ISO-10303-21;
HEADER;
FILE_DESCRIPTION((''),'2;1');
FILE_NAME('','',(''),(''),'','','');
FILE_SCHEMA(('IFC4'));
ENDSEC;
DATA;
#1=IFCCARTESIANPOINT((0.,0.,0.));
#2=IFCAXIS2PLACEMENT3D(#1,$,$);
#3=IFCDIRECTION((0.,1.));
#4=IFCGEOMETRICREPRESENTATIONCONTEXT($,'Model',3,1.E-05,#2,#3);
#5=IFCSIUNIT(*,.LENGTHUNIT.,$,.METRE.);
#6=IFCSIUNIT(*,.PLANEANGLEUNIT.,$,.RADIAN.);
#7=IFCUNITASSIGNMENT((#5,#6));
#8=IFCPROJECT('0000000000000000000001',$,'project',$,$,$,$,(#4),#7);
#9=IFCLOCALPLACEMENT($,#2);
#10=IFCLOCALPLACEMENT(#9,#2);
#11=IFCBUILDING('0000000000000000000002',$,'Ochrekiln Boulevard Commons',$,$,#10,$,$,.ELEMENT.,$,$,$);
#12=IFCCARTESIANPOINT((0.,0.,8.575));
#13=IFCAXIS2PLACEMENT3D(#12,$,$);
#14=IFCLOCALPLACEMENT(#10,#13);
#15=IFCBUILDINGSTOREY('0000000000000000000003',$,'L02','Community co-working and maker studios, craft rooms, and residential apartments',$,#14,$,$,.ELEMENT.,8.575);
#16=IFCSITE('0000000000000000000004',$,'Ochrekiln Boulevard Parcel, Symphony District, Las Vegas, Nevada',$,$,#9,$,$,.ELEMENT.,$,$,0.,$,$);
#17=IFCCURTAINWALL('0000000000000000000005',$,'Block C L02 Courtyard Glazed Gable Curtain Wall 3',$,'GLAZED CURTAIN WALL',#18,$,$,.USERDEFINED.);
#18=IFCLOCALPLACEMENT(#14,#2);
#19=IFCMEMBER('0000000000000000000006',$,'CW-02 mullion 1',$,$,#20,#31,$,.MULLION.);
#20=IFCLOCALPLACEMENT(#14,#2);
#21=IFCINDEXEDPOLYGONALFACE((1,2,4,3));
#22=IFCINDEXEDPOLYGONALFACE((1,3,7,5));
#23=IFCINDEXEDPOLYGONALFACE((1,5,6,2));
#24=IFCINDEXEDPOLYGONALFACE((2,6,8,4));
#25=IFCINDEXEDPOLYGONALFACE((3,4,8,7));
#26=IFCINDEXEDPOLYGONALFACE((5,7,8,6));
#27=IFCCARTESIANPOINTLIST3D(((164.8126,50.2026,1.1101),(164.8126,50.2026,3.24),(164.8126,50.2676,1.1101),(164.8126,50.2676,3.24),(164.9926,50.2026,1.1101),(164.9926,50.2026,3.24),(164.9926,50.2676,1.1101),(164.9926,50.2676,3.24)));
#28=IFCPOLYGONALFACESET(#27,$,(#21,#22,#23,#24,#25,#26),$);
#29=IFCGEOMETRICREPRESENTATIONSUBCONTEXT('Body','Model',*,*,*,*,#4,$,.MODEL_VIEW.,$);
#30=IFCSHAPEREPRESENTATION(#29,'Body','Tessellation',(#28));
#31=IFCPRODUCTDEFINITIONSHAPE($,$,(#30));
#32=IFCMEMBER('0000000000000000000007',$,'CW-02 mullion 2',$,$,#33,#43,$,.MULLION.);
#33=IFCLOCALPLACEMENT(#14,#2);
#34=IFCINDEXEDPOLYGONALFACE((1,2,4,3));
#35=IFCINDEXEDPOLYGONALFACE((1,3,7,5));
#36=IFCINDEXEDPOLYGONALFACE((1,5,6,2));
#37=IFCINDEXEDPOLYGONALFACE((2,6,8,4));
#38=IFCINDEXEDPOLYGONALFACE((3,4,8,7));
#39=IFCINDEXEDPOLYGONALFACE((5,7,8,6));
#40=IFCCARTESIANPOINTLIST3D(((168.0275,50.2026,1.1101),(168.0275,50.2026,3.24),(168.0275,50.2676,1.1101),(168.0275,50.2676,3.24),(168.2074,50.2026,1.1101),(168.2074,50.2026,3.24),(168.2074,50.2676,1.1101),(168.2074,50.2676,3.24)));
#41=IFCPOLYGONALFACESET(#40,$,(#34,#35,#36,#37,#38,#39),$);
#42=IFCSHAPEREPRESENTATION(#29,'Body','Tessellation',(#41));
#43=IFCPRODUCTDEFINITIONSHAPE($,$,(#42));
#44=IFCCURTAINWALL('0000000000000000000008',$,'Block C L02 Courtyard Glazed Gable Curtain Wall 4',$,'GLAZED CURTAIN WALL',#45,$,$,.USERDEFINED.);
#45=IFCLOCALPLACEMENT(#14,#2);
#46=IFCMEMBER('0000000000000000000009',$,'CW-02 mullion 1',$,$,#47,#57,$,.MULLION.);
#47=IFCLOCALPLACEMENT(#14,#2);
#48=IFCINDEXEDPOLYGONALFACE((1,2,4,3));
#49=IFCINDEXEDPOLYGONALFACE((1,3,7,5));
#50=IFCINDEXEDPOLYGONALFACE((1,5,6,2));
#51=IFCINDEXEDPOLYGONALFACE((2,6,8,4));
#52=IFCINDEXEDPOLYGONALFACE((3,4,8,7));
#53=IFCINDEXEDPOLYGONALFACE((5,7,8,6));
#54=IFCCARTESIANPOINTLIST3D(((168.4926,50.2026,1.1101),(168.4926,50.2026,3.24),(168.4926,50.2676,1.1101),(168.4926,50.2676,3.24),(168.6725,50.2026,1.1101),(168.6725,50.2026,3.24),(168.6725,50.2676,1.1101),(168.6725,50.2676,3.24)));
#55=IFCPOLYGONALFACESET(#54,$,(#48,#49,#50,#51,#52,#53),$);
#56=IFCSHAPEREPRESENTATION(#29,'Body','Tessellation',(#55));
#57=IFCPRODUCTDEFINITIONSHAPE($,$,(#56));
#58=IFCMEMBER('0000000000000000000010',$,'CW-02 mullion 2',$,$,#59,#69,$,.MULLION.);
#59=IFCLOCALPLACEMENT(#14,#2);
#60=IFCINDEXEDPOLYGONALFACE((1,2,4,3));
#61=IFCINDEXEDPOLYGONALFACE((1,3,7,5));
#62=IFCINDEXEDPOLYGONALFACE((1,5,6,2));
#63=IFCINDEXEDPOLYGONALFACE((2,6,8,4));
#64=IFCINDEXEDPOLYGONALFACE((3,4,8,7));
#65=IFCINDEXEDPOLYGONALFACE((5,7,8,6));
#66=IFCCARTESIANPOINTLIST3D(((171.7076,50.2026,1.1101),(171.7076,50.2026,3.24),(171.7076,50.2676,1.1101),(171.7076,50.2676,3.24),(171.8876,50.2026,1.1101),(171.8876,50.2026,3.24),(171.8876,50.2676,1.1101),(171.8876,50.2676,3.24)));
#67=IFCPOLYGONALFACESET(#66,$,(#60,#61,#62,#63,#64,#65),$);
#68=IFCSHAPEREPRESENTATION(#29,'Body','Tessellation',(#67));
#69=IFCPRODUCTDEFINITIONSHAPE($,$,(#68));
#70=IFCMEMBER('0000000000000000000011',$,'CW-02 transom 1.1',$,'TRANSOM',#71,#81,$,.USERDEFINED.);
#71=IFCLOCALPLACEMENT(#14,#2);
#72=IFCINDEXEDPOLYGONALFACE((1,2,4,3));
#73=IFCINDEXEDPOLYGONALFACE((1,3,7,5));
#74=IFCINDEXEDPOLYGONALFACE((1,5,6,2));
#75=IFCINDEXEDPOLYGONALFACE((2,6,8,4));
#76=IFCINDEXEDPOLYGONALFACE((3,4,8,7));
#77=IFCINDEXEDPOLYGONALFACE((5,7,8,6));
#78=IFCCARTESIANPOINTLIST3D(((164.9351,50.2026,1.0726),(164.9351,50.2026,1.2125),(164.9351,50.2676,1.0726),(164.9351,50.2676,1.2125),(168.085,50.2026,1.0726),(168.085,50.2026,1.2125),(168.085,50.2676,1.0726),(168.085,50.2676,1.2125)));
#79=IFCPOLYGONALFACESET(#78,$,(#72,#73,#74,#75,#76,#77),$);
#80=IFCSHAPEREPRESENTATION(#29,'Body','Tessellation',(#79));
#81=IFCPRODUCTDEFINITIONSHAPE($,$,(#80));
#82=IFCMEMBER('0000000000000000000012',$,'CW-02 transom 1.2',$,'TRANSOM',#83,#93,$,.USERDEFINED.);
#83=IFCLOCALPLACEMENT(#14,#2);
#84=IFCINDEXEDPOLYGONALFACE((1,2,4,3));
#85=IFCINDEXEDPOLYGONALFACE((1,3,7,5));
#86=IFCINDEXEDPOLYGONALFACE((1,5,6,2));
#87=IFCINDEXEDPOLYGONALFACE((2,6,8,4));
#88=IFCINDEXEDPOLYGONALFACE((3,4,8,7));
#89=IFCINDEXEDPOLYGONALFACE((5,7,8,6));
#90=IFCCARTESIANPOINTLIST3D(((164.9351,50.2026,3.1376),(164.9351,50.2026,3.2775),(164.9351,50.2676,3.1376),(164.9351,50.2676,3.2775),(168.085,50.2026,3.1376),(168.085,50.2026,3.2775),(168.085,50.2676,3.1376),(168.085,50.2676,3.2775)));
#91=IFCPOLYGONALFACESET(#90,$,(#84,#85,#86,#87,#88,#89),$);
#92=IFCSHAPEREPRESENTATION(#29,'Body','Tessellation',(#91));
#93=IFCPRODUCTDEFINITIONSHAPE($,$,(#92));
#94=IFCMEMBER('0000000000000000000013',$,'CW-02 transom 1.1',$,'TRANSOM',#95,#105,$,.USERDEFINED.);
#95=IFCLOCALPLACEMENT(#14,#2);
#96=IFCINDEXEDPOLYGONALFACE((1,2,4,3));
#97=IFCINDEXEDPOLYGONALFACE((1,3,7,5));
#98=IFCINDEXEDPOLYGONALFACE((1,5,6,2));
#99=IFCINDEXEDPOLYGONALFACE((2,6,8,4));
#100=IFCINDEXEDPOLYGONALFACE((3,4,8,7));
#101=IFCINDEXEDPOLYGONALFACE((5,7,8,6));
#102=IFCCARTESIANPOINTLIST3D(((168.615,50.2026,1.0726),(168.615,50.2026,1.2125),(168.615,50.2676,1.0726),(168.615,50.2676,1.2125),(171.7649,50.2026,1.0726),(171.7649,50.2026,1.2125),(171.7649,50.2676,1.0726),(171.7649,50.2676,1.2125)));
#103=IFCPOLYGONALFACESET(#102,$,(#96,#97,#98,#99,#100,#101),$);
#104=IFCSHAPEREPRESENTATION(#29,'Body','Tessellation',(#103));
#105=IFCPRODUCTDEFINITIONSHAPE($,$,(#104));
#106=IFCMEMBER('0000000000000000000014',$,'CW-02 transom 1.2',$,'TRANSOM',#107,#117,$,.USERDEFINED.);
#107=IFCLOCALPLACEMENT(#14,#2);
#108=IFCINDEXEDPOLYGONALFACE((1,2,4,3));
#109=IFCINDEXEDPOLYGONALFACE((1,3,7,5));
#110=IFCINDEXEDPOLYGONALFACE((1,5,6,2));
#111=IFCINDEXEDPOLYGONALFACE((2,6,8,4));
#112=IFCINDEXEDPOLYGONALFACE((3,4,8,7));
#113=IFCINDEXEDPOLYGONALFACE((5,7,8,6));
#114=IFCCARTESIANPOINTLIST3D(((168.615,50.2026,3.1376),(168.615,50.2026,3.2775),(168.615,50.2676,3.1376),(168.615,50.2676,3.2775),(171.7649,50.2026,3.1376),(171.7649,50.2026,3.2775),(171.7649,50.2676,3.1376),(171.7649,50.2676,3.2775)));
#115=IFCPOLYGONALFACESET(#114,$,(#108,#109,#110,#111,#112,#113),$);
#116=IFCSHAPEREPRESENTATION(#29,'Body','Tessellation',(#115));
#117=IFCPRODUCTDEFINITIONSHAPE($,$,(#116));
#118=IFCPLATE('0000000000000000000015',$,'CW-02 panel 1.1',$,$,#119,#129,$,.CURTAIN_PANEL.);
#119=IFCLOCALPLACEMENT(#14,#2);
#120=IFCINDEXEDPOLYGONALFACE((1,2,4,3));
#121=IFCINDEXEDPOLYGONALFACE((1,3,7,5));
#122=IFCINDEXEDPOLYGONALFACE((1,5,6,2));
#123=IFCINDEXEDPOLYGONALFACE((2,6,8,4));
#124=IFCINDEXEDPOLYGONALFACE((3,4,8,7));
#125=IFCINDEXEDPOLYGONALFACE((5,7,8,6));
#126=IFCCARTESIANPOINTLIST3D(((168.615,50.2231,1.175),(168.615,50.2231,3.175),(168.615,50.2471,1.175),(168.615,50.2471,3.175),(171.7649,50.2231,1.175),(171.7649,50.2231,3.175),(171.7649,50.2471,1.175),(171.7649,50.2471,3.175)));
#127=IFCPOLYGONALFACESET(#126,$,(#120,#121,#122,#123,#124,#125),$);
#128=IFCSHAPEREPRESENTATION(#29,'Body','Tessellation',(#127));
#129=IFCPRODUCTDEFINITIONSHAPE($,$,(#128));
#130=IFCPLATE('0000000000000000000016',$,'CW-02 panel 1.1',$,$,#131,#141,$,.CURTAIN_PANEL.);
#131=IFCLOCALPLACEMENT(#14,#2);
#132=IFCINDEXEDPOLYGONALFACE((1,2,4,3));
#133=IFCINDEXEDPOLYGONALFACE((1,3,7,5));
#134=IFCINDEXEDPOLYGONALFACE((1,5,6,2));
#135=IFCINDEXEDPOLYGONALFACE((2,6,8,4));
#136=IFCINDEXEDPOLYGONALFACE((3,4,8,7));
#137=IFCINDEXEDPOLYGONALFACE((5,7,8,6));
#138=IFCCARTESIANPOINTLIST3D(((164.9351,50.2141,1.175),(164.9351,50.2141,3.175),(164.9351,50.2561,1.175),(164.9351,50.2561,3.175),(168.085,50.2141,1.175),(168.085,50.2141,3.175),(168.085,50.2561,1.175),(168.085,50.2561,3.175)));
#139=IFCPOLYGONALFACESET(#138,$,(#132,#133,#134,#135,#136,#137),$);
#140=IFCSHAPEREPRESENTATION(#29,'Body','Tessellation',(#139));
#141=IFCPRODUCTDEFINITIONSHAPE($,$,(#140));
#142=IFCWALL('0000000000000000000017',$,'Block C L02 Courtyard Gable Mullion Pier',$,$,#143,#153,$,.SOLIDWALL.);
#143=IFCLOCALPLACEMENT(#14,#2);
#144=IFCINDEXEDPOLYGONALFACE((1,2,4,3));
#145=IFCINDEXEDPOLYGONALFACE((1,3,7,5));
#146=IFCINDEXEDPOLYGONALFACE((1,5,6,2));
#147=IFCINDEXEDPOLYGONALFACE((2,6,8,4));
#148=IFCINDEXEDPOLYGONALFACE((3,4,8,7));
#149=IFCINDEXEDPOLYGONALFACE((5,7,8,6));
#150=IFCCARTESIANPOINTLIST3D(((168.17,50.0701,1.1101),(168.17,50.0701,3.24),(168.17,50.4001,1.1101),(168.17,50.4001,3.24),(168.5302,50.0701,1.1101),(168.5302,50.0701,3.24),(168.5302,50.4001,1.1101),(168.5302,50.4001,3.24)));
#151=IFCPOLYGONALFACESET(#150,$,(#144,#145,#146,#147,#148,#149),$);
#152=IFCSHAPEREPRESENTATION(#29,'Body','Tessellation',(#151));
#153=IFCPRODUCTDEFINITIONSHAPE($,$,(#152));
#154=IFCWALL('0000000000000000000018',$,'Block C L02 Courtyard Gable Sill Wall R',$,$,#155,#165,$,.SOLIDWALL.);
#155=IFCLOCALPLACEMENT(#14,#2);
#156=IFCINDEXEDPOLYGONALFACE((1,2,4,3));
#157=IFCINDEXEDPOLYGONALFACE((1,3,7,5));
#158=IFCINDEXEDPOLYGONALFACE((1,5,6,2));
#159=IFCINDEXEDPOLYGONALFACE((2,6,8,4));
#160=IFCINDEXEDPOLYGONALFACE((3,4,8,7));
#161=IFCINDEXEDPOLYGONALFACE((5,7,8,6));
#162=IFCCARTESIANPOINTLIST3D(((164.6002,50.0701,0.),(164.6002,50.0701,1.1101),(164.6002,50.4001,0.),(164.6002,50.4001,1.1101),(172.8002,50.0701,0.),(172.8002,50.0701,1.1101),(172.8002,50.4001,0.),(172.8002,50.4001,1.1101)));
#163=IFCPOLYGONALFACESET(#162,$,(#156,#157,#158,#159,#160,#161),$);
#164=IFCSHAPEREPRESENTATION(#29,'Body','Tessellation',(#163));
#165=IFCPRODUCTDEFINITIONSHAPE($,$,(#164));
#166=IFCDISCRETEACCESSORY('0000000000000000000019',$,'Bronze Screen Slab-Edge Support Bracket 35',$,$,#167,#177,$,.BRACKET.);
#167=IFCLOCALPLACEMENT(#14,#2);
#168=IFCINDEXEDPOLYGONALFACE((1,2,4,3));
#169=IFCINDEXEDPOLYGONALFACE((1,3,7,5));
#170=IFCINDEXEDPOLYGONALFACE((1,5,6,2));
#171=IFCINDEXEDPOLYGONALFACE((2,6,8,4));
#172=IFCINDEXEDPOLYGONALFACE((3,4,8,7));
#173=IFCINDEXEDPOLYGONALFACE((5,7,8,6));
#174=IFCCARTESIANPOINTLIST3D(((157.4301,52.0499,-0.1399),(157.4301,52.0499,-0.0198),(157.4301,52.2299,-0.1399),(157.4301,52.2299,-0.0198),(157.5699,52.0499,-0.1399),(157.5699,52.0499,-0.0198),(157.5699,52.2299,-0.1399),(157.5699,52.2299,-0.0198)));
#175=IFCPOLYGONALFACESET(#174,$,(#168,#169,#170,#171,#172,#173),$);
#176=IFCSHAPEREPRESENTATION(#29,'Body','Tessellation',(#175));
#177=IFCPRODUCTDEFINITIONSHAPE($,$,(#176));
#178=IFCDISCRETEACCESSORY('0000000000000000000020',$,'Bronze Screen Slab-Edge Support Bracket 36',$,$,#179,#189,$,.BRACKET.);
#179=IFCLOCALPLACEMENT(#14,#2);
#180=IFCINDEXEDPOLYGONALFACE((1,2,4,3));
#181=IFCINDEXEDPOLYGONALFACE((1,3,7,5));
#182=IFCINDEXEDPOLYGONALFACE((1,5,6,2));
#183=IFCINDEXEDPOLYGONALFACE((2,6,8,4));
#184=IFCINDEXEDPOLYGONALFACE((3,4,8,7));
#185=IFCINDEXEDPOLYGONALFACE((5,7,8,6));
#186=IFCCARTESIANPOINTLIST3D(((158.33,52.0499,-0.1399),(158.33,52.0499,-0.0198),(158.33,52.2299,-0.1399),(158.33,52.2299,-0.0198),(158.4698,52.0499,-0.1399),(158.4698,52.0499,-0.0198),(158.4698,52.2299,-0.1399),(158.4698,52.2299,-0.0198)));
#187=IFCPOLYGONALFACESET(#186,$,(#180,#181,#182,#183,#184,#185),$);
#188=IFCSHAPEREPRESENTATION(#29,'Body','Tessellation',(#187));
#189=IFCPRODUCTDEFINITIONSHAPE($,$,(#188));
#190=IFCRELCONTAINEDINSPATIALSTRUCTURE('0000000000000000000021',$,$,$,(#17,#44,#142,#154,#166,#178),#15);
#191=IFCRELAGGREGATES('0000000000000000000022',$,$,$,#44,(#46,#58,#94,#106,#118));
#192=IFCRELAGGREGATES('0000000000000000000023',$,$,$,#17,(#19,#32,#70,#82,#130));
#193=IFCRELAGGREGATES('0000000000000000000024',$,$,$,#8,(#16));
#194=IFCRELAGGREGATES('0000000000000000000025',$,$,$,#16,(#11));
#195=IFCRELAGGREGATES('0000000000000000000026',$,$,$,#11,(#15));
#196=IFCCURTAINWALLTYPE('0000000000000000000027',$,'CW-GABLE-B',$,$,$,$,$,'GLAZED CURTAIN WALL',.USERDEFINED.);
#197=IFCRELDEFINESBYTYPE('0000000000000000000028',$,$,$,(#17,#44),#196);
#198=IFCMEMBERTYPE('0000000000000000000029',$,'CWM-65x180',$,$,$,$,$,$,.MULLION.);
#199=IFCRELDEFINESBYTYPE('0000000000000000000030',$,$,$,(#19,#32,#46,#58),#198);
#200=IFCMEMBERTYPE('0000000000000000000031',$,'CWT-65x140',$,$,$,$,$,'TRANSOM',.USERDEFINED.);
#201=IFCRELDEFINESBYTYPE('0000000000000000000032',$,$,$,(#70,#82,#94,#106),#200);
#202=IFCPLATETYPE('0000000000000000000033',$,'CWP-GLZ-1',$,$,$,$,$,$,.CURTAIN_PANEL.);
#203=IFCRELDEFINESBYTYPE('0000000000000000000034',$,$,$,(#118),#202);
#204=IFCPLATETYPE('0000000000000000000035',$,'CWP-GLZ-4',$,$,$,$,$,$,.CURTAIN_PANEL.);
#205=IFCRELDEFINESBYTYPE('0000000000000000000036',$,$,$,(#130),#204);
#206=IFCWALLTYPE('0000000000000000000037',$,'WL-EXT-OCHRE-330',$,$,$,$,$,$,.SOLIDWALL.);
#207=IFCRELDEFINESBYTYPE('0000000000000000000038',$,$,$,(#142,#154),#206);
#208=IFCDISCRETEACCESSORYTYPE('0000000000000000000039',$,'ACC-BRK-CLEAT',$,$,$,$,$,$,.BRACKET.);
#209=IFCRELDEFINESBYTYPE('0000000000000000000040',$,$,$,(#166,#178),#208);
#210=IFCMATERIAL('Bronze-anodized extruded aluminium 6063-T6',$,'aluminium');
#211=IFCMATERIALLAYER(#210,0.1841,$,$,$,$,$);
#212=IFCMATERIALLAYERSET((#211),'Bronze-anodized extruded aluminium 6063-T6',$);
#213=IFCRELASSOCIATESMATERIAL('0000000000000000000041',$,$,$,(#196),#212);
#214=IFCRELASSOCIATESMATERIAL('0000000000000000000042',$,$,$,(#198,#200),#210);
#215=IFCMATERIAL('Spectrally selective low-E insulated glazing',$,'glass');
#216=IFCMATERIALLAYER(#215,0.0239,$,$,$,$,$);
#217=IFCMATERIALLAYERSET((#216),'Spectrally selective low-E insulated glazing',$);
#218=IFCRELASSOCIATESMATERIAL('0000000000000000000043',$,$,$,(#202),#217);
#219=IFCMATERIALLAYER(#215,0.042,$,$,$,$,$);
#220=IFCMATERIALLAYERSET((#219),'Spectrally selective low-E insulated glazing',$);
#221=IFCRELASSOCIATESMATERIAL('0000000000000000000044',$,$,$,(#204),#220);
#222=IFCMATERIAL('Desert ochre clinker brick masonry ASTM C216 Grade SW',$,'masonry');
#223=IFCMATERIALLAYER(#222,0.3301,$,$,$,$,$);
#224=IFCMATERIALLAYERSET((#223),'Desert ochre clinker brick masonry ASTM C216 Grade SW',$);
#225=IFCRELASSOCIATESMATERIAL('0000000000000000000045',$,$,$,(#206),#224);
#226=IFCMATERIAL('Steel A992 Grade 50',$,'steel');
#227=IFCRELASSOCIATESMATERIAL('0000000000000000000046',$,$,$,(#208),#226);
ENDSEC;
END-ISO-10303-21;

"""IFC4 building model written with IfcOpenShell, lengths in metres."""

from ifc_helpers import new_model, si_unit, direction, frame, frame_2d, origin, origin_2d, place, context, subcontext, project, spatial, rectangle, extrude, material, layer, layer_set, material_profile, profile_set, type_object, element, aggregate, save


model = new_model("IFC4")

# Units and contexts
model_context = context("Model", 3, precision=1e-05, world=origin(), true_north=direction((0.0, 1.0)))
body_context = subcontext(model_context, "Body", "Model", "MODEL_VIEW")
ifc_project = project(units=[si_unit("LENGTHUNIT", "METRE"), si_unit("PLANEANGLEUNIT", "RADIAN")], contexts=[model_context])

# Site, building, storey
site_placement = place(None, origin())
site = spatial("IfcSite", under=ifc_project, at=site_placement, Name="Ochrekiln Boulevard Parcel, Symphony District, Las Vegas, Nevada", CompositionType="ELEMENT", RefElevation=0.0)
building_placement = place(site_placement, origin())
building = spatial("IfcBuilding", under=site, at=building_placement, Name="Ochrekiln Boulevard Commons", CompositionType="ELEMENT")
storey_placement = place(building_placement, frame((0.0, 0.0, 8.575)))
storey = spatial("IfcBuildingStorey", under=building, at=storey_placement, Name="L02", Description="Community co-working and maker studios, craft rooms, and residential apartments", CompositionType="ELEMENT", Elevation=8.575)

# Curtain walls, members
ifc_material_1 = material(Name="Bronze-anodized extruded aluminium 6063-T6", Category="aluminium")
ifc_layer_1 = layer(ifc_material_1, 0.1841)
ifc_layer_set_1 = layer_set([ifc_layer_1], Name="Bronze-anodized extruded aluminium 6063-T6")
curtain_wall_type = type_object("IfcCurtainWallType", Name="CW-GABLE-B", ElementType="GLAZED CURTAIN WALL", PredefinedType="USERDEFINED", material=ifc_layer_set_1)
curtain_wall_1_placement = place(storey_placement, origin())
curtain_wall_1 = element("IfcCurtainWall", 1, at=curtain_wall_1_placement, inside=storey, type_object=curtain_wall_type, Name="Block C L02 Courtyard Glazed Gable Curtain Wall 3", ObjectType="GLAZED CURTAIN WALL", PredefinedType="USERDEFINED")
ifc_material_profile_1 = material_profile(ifc_material_1, rectangle(XDim=0.0649, YDim=0.1799, at=origin_2d()), Name="ALU-MUL-65x180")
ifc_profile_set_1 = profile_set([ifc_material_profile_1], Name="Bronze-anodized extruded aluminium 6063-T6")
member_type_1 = type_object("IfcMemberType", Name="CWM-65x180", PredefinedType="MULLION", material=ifc_profile_set_1)
member_1_placement = place(storey_placement, frame((164.9026, 50.2351, 1.1101), z_axis=(0.0, 0.0, 1.0), x_axis=(0.0, 1.0, 0.0)))
member_1 = element("IfcMember", 2, at=member_1_placement, type_object=member_type_1, Name="CW-02 mullion 1", PredefinedType="MULLION", context=body_context, shape_type="SweptSolid", body=[
    extrude(rectangle(XDim=0.0649, YDim=0.1799, at=origin_2d()), origin(), (0.0, 0.0, 1.0), 2.1299),
])
member_2_placement = place(storey_placement, frame((168.1174, 50.2351, 1.1101), z_axis=(0.0, 0.0, 1.0), x_axis=(0.0, 1.0, 0.0)))
member_2 = element("IfcMember", 3, at=member_2_placement, type_object=member_type_1, Name="CW-02 mullion 2", PredefinedType="MULLION", context=body_context, shape_type="SweptSolid", body=[
    extrude(rectangle(XDim=0.0649, YDim=0.1799, at=origin_2d()), origin(), (0.0, 0.0, 1.0), 2.1299),
])
curtain_wall_2_placement = place(storey_placement, origin())
curtain_wall_2 = element("IfcCurtainWall", 4, at=curtain_wall_2_placement, inside=storey, type_object=curtain_wall_type, Name="Block C L02 Courtyard Glazed Gable Curtain Wall 4", ObjectType="GLAZED CURTAIN WALL", PredefinedType="USERDEFINED")
member_3_placement = place(storey_placement, frame((168.5825, 50.2351, 1.1101), z_axis=(0.0, 0.0, 1.0), x_axis=(0.0, 1.0, 0.0)))
member_3 = element("IfcMember", 5, at=member_3_placement, type_object=member_type_1, Name="CW-02 mullion 1", PredefinedType="MULLION", context=body_context, shape_type="SweptSolid", body=[
    extrude(rectangle(XDim=0.0649, YDim=0.1799, at=origin_2d()), origin(), (0.0, 0.0, 1.0), 2.1299),
])
member_4_placement = place(storey_placement, frame((171.7976, 50.2351, 1.1101), z_axis=(0.0, 0.0, 1.0), x_axis=(0.0, 1.0, 0.0)))
member_4 = element("IfcMember", 6, at=member_4_placement, type_object=member_type_1, Name="CW-02 mullion 2", PredefinedType="MULLION", context=body_context, shape_type="SweptSolid", body=[
    extrude(rectangle(XDim=0.0649, YDim=0.1799, at=origin_2d()), origin(), (0.0, 0.0, 1.0), 2.1299),
])

# Members
ifc_material_profile_2 = material_profile(ifc_material_1, rectangle(XDim=0.0649, YDim=0.1399, at=origin_2d()), Name="ALU-TRN-65x140")
ifc_profile_set_2 = profile_set([ifc_material_profile_2], Name="Bronze-anodized extruded aluminium 6063-T6")
member_type_2 = type_object("IfcMemberType", Name="CWT-65x140", ElementType="TRANSOM", PredefinedType="USERDEFINED", material=ifc_profile_set_2)
member_5_placement = place(storey_placement, frame((164.9351, 50.2351, 1.1426), z_axis=(1.0, 0.0, 0.0), x_axis=(0.0, 1.0, 0.0)))
member_5 = element("IfcMember", 7, at=member_5_placement, type_object=member_type_2, Name="CW-02 transom 1.1", ObjectType="TRANSOM", PredefinedType="USERDEFINED", context=body_context, shape_type="SweptSolid", body=[
    extrude(rectangle(XDim=0.0649, YDim=0.1399, at=origin_2d()), origin(), (0.0, 0.0, 1.0), 3.1499),
])
member_6_placement = place(storey_placement, frame((164.9351, 50.2351, 3.2075), z_axis=(1.0, 0.0, 0.0), x_axis=(0.0, 1.0, 0.0)))
member_6 = element("IfcMember", 8, at=member_6_placement, type_object=member_type_2, Name="CW-02 transom 1.2", ObjectType="TRANSOM", PredefinedType="USERDEFINED", context=body_context, shape_type="SweptSolid", body=[
    extrude(rectangle(XDim=0.0649, YDim=0.1399, at=origin_2d()), origin(), (0.0, 0.0, 1.0), 3.1499),
])
member_7_placement = place(storey_placement, frame((168.615, 50.2351, 1.1426), z_axis=(1.0, 0.0, 0.0), x_axis=(0.0, 1.0, 0.0)))
member_7 = element("IfcMember", 9, at=member_7_placement, type_object=member_type_2, Name="CW-02 transom 1.1", ObjectType="TRANSOM", PredefinedType="USERDEFINED", context=body_context, shape_type="SweptSolid", body=[
    extrude(rectangle(XDim=0.0649, YDim=0.1399, at=origin_2d()), origin(), (0.0, 0.0, 1.0), 3.1499),
])
member_8_placement = place(storey_placement, frame((168.615, 50.2351, 3.2075), z_axis=(1.0, 0.0, 0.0), x_axis=(0.0, 1.0, 0.0)))
member_8 = element("IfcMember", 10, at=member_8_placement, type_object=member_type_2, Name="CW-02 transom 1.2", ObjectType="TRANSOM", PredefinedType="USERDEFINED", context=body_context, shape_type="SweptSolid", body=[
    extrude(rectangle(XDim=0.0649, YDim=0.1399, at=origin_2d()), origin(), (0.0, 0.0, 1.0), 3.1499),
])

# Plates
ifc_material_2 = material(Name="Spectrally selective low-E insulated glazing", Category="glass")
ifc_layer_2 = layer(ifc_material_2, 0.0239)
ifc_layer_set_2 = layer_set([ifc_layer_2], Name="Spectrally selective low-E insulated glazing")
plate_type_1 = type_object("IfcPlateType", Name="CWP-GLZ-1", PredefinedType="CURTAIN_PANEL", material=ifc_layer_set_2)
plate_1_placement = place(storey_placement, frame((170.1899, 50.2351, 1.175), z_axis=(0.0, 0.0, 1.0), x_axis=(1.0, 0.0, 0.0)))
plate_1 = element("IfcPlate", 11, at=plate_1_placement, type_object=plate_type_1, Name="CW-02 panel 1.1", PredefinedType="CURTAIN_PANEL", context=body_context, shape_type="SweptSolid", body=[
    extrude(rectangle(XDim=3.1499, YDim=0.0239, at=origin_2d()), origin(), (0.0, 0.0, 1.0), 2.0),
])
aggregate(curtain_wall_2, [member_3, member_4, member_7, member_8, plate_1])
ifc_layer_3 = layer(ifc_material_2, 0.042)
ifc_layer_set_3 = layer_set([ifc_layer_3], Name="Spectrally selective low-E insulated glazing")
plate_type_2 = type_object("IfcPlateType", Name="CWP-GLZ-4", PredefinedType="CURTAIN_PANEL", material=ifc_layer_set_3)
plate_2_placement = place(storey_placement, frame((166.51, 50.2351, 1.175), z_axis=(0.0, 0.0, 1.0), x_axis=(1.0, 0.0, 0.0)))
plate_2 = element("IfcPlate", 12, at=plate_2_placement, type_object=plate_type_2, Name="CW-02 panel 1.1", PredefinedType="CURTAIN_PANEL", context=body_context, shape_type="SweptSolid", body=[
    extrude(rectangle(XDim=3.1499, YDim=0.042, at=origin_2d()), origin(), (0.0, 0.0, 1.0), 2.0),
])
aggregate(curtain_wall_1, [member_1, member_2, member_5, member_6, plate_2])

# Wall
ifc_material_3 = material(Name="Desert ochre clinker brick masonry ASTM C216 Grade SW", Category="masonry")
ifc_layer_4 = layer(ifc_material_3, 0.3301)
ifc_layer_set_4 = layer_set([ifc_layer_4], Name="Desert ochre clinker brick masonry ASTM C216 Grade SW")
wall_type = type_object("IfcWallType", Name="WL-EXT-OCHRE-330", PredefinedType="SOLIDWALL", material=ifc_layer_set_4)
wall_1_placement = place(storey_placement, frame((168.1699, 50.2351, 1.1101), z_axis=(0.0, 0.0, 1.0), x_axis=(1.0, 0.0, 0.0)))
element("IfcWall", 13, at=wall_1_placement, inside=storey, type_object=wall_type, Name="Block C L02 Courtyard Gable Mullion Pier", PredefinedType="SOLIDWALL", context=body_context, shape_type="SweptSolid", body=[
    extrude(rectangle(XDim=0.3601, YDim=0.3301, at=frame_2d((0.1802, 0.0))), origin(), (0.0, 0.0, 1.0), 2.1299),
])

# Wall
wall_2_placement = place(storey_placement, frame((164.6001, 50.2351, 0.0), z_axis=(0.0, 0.0, 1.0), x_axis=(1.0, 0.0, 0.0)))
element("IfcWall", 14, at=wall_2_placement, inside=storey, type_object=wall_type, Name="Block C L02 Courtyard Gable Sill Wall R", PredefinedType="SOLIDWALL", context=body_context, shape_type="SweptSolid", body=[
    extrude(rectangle(XDim=8.2, YDim=0.3301, at=frame_2d((4.1001, 0.0))), origin(), (0.0, 0.0, 1.0), 1.1101),
])

# Discrete accessories
ifc_material_4 = material(Name="Steel A992 Grade 50", Category="steel")
discrete_accessory_type = type_object("IfcDiscreteAccessoryType", Name="ACC-BRK-CLEAT", PredefinedType="BRACKET", material=ifc_material_4)
for number, where, z_axis, x_axis, name in (
    (15, (157.5, 52.1399, -0.1399), (0.0, 0.0, 1.0), (1.0, 0.0, 0.0), "Bronze Screen Slab-Edge Support Bracket 35"),
    (16, (158.3999, 52.1399, -0.1399), (0.0, 0.0, 1.0), (1.0, 0.0, 0.0), "Bronze Screen Slab-Edge Support Bracket 36"),
):
    element("IfcDiscreteAccessory", number, at=place(storey_placement, frame(where, z_axis=z_axis, x_axis=x_axis)), inside=storey, type_object=discrete_accessory_type, Name=name, PredefinedType="BRACKET", context=body_context, shape_type="SweptSolid", body=[
        extrude(rectangle(XDim=0.1399, YDim=0.1799, at=origin_2d()), origin(), (0.0, 0.0, 1.0), 0.1201),
    ])

save(model, "model.ifc")
